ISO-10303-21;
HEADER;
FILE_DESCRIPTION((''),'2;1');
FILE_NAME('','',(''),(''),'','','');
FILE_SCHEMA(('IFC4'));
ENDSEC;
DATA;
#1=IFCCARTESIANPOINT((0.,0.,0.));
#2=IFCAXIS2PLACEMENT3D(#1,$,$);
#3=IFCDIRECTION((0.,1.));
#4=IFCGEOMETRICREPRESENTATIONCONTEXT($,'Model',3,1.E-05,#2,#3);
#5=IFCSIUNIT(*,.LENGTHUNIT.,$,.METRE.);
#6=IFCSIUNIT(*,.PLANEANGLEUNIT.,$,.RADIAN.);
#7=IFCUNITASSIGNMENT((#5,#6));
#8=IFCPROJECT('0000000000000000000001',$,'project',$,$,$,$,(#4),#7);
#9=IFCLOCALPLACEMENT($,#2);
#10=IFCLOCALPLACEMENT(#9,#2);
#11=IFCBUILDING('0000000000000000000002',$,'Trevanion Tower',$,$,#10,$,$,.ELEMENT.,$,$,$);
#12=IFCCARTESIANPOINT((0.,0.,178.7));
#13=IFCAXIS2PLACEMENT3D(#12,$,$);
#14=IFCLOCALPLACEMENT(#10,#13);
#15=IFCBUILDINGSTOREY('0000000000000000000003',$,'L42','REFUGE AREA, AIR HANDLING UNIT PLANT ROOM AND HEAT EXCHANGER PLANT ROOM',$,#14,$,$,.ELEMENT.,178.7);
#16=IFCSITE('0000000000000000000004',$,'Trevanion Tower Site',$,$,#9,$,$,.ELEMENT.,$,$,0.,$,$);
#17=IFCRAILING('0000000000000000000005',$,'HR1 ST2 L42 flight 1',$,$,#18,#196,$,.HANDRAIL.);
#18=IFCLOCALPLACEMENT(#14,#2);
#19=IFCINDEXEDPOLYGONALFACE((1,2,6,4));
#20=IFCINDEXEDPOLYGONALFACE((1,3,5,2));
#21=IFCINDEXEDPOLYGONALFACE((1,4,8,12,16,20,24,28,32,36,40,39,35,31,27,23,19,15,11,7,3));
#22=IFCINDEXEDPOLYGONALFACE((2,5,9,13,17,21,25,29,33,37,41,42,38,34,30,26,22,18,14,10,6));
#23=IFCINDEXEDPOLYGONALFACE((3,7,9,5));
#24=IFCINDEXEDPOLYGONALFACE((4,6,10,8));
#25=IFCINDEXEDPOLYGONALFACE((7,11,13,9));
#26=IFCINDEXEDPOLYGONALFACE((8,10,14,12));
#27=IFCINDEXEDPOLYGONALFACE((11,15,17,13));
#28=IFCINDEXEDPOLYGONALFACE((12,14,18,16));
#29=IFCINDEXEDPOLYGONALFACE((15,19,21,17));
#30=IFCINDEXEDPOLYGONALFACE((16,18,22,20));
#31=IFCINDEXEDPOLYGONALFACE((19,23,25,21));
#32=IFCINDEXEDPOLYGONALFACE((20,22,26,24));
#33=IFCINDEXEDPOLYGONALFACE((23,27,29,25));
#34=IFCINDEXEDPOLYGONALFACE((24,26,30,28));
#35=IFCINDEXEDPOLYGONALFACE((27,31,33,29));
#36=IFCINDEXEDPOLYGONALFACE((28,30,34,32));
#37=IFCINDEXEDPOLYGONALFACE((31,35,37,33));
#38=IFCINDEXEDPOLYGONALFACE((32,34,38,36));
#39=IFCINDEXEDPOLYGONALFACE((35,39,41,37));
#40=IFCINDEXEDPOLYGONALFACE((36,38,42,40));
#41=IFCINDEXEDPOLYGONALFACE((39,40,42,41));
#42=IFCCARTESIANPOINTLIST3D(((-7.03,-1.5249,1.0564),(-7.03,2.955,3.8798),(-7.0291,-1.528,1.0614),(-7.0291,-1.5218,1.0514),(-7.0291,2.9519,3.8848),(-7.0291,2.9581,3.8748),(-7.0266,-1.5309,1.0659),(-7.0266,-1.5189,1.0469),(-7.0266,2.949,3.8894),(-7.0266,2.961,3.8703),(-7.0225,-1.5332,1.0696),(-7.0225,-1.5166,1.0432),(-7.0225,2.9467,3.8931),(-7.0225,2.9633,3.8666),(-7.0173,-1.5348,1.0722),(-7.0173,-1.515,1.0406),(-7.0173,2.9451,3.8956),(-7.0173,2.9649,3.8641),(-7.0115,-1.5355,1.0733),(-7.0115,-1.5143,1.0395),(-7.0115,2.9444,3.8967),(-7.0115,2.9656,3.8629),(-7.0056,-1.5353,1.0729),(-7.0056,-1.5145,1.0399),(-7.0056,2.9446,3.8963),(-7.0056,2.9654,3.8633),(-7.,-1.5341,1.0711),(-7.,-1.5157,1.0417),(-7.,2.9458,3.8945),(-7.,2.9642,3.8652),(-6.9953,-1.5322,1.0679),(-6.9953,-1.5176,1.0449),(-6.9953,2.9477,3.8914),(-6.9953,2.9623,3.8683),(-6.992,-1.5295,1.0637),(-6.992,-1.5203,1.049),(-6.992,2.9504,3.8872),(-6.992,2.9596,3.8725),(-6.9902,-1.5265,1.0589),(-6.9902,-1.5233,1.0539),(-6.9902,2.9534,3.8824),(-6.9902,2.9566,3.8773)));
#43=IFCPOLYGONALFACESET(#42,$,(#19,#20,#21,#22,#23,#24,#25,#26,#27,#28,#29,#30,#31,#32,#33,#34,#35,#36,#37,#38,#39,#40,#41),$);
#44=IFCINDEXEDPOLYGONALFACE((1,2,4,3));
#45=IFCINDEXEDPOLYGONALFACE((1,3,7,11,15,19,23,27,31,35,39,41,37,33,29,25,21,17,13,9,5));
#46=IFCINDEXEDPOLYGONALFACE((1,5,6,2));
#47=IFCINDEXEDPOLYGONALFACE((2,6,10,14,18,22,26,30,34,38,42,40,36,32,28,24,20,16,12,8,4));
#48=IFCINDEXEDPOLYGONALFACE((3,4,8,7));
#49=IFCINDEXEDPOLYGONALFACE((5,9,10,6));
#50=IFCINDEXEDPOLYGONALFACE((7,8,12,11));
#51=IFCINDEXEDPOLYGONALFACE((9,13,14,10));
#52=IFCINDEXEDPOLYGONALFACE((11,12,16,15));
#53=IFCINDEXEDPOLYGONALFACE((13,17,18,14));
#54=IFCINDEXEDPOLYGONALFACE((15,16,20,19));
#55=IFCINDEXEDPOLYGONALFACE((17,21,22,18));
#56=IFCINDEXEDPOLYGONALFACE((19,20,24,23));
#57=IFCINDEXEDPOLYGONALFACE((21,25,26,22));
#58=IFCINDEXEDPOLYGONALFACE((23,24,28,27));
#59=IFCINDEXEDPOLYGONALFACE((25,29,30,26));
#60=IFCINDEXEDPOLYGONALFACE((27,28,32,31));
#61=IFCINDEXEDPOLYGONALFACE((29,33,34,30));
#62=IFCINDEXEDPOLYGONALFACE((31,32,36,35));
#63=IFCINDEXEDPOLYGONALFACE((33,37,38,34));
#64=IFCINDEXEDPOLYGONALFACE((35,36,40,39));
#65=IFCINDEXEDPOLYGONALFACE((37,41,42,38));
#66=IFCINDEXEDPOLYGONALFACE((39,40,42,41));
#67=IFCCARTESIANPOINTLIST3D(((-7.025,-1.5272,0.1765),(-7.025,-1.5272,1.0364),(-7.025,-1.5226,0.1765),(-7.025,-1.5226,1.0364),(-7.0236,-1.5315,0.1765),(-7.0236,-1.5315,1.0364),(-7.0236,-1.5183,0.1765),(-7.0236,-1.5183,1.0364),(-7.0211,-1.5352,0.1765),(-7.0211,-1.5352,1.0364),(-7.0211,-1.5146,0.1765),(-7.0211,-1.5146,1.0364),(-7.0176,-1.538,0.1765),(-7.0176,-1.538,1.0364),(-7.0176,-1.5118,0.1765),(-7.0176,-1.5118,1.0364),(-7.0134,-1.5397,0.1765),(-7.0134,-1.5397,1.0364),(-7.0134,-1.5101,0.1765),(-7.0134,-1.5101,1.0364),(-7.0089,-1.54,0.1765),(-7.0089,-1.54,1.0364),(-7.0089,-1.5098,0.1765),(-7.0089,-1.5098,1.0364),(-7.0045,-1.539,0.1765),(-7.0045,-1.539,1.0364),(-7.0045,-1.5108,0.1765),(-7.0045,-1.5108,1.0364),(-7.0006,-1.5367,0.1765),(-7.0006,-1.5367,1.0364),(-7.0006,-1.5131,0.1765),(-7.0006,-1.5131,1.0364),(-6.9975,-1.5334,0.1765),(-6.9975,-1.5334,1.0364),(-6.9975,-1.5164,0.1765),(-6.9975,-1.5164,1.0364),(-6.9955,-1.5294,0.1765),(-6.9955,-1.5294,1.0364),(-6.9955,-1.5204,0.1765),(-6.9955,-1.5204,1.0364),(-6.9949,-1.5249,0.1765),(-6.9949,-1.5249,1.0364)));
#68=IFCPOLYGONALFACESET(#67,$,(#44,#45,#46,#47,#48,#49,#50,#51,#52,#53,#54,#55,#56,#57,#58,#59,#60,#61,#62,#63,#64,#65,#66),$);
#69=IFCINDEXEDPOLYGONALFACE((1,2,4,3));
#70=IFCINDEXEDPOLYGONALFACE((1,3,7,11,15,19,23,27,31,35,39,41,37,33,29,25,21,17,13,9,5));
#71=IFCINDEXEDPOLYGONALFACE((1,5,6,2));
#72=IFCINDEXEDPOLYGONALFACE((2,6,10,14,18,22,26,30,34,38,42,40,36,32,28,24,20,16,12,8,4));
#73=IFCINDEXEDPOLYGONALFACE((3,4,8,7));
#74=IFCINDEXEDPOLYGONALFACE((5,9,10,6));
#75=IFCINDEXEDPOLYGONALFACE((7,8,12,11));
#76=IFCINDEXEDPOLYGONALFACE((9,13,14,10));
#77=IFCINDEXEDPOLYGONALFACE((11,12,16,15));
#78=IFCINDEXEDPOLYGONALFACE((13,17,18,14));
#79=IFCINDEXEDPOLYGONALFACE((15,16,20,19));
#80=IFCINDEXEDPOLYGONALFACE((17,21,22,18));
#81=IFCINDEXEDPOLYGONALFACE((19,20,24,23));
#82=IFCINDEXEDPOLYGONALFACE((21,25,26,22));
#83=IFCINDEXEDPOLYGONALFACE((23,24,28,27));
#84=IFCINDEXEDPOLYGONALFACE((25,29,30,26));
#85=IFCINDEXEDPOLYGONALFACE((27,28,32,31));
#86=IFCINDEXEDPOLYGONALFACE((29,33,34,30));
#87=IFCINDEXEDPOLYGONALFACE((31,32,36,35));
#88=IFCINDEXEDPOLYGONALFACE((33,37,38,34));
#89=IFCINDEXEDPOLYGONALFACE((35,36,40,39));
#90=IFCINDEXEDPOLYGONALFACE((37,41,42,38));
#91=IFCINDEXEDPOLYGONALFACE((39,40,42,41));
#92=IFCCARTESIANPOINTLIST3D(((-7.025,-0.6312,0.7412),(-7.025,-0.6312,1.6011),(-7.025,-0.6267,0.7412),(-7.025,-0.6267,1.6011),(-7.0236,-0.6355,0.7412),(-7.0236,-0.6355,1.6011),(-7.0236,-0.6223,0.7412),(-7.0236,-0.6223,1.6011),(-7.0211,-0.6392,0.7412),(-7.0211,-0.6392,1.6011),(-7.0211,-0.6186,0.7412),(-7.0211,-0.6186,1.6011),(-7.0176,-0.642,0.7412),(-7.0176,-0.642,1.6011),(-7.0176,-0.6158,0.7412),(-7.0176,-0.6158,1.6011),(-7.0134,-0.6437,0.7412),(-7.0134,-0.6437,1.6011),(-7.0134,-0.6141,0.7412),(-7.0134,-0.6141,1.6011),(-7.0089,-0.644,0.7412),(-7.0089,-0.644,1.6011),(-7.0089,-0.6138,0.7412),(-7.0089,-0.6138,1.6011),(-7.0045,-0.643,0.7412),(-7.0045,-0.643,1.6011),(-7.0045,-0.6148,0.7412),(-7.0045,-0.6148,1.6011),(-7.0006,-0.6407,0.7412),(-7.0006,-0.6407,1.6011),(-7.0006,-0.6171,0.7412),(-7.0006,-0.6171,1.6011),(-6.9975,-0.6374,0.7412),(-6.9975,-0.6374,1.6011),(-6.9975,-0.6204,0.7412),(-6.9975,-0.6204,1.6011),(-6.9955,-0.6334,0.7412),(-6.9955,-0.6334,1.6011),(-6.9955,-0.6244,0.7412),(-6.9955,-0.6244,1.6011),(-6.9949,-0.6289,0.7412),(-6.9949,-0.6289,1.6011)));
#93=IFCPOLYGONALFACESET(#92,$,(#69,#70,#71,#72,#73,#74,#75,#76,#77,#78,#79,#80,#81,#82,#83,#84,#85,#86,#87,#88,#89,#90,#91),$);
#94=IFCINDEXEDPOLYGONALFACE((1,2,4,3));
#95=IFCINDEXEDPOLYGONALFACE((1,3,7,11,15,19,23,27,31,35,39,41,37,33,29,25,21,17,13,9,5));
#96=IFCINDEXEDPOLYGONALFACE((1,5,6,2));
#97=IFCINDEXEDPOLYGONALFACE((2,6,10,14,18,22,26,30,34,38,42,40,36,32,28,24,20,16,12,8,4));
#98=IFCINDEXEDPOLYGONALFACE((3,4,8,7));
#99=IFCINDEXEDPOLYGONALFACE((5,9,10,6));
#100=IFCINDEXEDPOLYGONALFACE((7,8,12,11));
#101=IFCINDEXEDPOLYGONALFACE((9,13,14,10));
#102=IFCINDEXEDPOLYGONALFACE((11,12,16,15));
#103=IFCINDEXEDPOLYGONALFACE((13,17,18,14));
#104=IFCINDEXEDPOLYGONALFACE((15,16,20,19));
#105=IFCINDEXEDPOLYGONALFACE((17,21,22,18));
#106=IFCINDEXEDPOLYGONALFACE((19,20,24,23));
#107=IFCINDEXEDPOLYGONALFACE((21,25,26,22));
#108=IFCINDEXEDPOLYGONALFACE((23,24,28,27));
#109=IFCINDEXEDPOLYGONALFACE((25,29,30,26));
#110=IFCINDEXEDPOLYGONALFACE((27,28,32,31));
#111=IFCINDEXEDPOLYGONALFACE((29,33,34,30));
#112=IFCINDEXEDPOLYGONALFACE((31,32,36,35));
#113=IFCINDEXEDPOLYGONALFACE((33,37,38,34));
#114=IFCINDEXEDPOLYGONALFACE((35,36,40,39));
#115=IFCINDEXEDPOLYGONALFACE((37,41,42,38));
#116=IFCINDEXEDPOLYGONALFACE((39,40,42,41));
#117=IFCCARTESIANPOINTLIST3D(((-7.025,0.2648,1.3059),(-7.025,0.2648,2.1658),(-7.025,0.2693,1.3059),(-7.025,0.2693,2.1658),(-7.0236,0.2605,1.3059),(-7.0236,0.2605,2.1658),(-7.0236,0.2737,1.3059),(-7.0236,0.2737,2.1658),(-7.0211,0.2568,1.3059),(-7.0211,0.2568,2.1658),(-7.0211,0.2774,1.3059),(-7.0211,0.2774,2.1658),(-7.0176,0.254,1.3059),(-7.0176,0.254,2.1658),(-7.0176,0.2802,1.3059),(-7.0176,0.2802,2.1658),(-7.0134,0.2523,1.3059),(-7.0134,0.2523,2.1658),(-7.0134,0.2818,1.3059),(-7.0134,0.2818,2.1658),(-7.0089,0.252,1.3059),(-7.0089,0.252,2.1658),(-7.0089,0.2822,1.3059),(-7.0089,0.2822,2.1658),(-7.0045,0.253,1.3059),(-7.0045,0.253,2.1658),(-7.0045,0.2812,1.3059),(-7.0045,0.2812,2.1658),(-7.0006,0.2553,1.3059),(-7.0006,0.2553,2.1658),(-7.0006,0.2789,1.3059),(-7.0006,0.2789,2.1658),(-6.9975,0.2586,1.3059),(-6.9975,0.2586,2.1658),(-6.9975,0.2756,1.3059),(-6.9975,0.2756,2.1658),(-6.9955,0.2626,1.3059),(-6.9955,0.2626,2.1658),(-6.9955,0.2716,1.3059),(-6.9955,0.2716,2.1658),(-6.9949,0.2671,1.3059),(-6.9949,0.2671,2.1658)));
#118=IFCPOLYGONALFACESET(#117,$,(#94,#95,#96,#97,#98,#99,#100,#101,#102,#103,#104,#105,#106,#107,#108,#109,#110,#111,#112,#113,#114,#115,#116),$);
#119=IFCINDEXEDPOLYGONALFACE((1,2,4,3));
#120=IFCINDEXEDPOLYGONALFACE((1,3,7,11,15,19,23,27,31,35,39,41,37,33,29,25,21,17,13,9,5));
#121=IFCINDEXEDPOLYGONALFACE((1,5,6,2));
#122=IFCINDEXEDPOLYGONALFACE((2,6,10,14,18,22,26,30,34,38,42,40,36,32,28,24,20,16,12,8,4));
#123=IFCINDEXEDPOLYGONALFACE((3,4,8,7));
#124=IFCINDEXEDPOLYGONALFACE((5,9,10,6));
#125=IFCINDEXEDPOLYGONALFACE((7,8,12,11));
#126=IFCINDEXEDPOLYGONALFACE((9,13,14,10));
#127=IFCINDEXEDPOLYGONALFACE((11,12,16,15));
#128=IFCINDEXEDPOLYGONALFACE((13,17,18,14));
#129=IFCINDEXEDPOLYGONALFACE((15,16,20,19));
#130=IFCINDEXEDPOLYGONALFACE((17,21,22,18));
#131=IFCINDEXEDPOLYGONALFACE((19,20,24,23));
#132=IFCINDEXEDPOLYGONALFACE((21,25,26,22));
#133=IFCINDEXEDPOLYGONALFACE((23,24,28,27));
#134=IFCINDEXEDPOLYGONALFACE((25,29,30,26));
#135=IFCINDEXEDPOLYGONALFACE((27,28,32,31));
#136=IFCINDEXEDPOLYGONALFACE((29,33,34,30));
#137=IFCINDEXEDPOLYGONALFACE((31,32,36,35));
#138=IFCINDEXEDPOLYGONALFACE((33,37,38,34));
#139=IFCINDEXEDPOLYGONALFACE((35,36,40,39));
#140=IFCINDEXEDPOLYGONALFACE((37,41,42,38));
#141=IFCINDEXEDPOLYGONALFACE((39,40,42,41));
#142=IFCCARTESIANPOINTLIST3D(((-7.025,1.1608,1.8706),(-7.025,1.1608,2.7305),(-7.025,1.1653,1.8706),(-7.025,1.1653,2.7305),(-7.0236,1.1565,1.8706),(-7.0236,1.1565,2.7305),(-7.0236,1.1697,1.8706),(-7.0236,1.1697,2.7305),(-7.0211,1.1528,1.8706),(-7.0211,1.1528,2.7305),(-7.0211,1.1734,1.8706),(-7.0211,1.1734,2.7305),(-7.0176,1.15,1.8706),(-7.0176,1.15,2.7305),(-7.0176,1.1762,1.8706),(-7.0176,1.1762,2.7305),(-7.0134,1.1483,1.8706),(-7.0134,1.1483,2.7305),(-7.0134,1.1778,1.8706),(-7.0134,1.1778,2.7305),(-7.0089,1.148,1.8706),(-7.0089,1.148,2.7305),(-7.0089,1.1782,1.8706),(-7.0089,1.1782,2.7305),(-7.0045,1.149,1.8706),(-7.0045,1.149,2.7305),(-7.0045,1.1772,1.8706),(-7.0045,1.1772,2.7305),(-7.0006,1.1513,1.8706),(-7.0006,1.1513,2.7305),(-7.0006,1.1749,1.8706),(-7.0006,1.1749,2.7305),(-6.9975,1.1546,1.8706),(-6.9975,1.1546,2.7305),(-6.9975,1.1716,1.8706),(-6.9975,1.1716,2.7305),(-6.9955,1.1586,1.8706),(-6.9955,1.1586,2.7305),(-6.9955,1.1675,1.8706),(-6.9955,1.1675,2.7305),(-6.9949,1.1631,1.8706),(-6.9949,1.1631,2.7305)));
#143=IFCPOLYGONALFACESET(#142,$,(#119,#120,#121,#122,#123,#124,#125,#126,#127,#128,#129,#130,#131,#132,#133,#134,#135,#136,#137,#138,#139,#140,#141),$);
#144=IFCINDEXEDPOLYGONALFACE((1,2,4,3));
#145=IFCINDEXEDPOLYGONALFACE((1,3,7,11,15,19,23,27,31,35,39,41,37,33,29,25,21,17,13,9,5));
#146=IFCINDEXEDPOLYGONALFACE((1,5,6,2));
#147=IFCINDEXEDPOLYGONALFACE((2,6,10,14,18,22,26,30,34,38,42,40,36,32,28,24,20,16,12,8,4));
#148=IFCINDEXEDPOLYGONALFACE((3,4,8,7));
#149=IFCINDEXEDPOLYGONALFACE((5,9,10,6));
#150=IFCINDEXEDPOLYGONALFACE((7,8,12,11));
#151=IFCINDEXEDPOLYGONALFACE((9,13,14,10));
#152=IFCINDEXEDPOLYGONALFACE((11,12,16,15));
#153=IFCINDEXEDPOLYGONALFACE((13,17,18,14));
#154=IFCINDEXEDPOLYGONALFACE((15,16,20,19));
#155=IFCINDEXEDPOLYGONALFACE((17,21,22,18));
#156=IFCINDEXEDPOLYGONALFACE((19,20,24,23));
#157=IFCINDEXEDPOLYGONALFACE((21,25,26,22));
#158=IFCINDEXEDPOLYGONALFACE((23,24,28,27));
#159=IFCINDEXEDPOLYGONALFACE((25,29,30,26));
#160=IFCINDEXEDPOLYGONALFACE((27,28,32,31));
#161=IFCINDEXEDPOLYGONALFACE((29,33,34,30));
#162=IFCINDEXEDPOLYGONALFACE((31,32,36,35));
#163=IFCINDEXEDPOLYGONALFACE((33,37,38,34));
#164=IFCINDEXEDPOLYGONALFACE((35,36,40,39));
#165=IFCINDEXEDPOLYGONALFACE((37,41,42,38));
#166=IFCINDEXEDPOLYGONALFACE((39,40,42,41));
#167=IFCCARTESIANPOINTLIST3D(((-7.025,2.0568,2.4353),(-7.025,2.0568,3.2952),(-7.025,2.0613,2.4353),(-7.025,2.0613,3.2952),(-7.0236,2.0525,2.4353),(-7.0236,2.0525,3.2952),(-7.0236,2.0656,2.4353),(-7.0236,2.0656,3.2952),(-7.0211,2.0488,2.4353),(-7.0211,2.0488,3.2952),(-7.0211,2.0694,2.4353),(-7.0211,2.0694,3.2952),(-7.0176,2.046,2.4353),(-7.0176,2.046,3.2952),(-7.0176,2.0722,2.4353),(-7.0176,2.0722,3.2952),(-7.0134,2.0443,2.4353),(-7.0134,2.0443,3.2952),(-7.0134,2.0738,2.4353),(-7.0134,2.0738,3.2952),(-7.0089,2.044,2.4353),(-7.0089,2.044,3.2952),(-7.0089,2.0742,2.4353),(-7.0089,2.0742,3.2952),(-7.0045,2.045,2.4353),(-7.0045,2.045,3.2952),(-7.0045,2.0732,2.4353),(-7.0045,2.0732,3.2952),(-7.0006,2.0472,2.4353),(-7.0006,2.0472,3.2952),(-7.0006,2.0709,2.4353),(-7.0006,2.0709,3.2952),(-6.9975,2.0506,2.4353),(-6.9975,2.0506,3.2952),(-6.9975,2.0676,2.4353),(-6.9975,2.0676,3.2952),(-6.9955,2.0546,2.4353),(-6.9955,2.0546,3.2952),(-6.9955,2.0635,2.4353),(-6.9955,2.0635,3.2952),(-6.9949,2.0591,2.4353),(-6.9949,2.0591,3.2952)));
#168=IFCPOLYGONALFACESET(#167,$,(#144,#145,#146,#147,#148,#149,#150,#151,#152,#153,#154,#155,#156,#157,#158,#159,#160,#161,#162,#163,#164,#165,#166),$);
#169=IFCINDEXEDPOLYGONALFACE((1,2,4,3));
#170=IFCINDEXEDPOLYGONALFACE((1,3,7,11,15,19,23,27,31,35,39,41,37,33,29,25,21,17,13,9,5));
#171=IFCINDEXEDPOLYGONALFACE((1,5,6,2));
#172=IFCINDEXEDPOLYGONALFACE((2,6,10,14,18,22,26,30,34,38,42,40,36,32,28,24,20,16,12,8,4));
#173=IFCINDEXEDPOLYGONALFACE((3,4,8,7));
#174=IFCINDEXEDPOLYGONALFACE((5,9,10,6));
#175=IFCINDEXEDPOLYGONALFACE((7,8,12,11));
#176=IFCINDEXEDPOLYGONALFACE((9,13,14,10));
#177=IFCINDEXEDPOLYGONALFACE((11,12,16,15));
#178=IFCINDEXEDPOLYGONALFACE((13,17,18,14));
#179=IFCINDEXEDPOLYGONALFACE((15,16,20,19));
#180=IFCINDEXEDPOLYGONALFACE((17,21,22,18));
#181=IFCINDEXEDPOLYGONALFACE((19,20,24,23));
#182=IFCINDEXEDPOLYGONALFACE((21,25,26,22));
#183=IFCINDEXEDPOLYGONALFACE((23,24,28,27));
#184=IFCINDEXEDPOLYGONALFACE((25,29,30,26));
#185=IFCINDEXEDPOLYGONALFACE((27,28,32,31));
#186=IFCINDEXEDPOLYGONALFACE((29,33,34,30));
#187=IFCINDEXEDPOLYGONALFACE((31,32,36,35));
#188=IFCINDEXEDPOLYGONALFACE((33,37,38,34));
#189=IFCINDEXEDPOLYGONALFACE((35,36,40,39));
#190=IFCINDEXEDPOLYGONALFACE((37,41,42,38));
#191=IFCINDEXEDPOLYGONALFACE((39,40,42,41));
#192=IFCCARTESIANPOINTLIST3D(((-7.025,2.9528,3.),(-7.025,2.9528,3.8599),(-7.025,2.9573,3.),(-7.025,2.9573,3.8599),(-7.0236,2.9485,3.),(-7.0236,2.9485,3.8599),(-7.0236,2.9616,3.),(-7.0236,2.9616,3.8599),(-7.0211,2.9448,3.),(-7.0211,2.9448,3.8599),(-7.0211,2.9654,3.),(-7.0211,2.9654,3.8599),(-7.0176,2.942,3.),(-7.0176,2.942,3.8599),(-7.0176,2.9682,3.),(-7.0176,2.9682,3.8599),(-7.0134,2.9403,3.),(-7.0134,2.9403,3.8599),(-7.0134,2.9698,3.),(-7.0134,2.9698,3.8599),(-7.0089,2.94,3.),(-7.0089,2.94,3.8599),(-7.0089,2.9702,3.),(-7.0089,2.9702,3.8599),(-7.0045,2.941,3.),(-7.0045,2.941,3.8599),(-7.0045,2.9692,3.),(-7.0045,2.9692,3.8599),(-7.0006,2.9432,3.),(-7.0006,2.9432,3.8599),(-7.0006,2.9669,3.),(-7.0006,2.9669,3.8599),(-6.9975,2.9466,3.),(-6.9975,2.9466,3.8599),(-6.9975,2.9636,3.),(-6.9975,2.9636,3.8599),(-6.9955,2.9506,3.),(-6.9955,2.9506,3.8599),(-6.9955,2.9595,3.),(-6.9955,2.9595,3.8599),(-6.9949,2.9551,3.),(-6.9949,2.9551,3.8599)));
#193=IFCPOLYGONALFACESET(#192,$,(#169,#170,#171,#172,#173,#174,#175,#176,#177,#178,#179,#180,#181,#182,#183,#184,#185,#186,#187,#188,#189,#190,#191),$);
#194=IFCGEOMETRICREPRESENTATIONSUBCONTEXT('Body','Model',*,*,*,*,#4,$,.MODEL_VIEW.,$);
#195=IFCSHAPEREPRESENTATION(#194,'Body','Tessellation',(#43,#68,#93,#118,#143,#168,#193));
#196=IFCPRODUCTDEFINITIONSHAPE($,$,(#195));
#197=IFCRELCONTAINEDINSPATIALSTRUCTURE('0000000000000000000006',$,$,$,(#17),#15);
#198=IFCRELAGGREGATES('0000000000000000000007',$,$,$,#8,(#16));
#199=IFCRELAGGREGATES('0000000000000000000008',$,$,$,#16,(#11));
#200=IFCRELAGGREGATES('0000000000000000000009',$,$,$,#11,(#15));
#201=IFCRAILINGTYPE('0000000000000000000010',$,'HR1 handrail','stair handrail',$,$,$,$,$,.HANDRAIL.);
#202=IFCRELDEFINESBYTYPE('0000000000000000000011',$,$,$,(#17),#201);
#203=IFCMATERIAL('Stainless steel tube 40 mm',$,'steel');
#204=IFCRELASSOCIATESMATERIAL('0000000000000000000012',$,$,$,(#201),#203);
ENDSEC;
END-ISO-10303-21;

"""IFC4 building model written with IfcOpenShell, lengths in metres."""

from ifc_helpers import new_model, si_unit, direction, frame, origin, origin_2d, place, context, subcontext, project, spatial, circle, extrude, material, type_object, element, save


model = new_model("IFC4")

# Units and contexts
model_context = context("Model", 3, precision=1e-05, world=origin(), true_north=direction((0.0, 1.0)))
body_context = subcontext(model_context, "Body", "Model", "MODEL_VIEW")
ifc_project = project(units=[si_unit("LENGTHUNIT", "METRE"), si_unit("PLANEANGLEUNIT", "RADIAN")], contexts=[model_context])

# Site, building, storey
site_placement = place(None, origin())
site = spatial("IfcSite", under=ifc_project, at=site_placement, Name="Trevanion Tower Site", CompositionType="ELEMENT", RefElevation=0.0)
building_placement = place(site_placement, origin())
building = spatial("IfcBuilding", under=site, at=building_placement, Name="Trevanion Tower", CompositionType="ELEMENT")
storey_placement = place(building_placement, frame((0.0, 0.0, 178.7)))
storey = spatial("IfcBuildingStorey", under=building, at=storey_placement, Name="L42", Description="REFUGE AREA, AIR HANDLING UNIT PLANT ROOM AND HEAT EXCHANGER PLANT ROOM", CompositionType="ELEMENT", Elevation=178.7)

# Railing
ifc_material_1 = material(Name="Stainless steel tube 40 mm", Category="steel")
railing_type = type_object("IfcRailingType", Name="HR1 handrail", Description="stair handrail", PredefinedType="HANDRAIL", material=ifc_material_1)
for number, where, name in (
    (1, (-7.01, -1.5249, 0.1765), "HR1 ST2 L42 flight 1"),
):
    element("IfcRailing", number, at=place(storey_placement, frame(where)), inside=storey, type_object=railing_type, Name=name, PredefinedType="HANDRAIL", context=body_context, shape_type="SweptSolid", body=[
        extrude(circle(Radius=0.02, at=origin_2d()), frame((0.0, 0.0, 0.8799), z_axis=(0.0, 0.845998, 0.533186), x_axis=(-1.0, 0.0, 0.0)), (0.0, 0.0, 1.0), 5.2954),
        extrude(circle(Radius=0.0151, at=origin_2d()), origin(), (0.0, 0.0, 1.0), 0.8599),
        extrude(circle(Radius=0.0151, at=origin_2d()), frame((0.0, 0.896, 0.5647)), (0.0, 0.0, 1.0), 0.8599),
        extrude(circle(Radius=0.0151, at=origin_2d()), frame((0.0, 1.792, 1.1294)), (0.0, 0.0, 1.0), 0.8599),
        extrude(circle(Radius=0.0151, at=origin_2d()), frame((0.0, 2.688, 1.6941)), (0.0, 0.0, 1.0), 0.8599),
        extrude(circle(Radius=0.0151, at=origin_2d()), frame((0.0, 3.584, 2.2588)), (0.0, 0.0, 1.0), 0.8599),
        extrude(circle(Radius=0.0151, at=origin_2d()), frame((0.0, 4.48, 2.8235)), (0.0, 0.0, 1.0), 0.8599),
    ])

save(model, "model.ifc")
